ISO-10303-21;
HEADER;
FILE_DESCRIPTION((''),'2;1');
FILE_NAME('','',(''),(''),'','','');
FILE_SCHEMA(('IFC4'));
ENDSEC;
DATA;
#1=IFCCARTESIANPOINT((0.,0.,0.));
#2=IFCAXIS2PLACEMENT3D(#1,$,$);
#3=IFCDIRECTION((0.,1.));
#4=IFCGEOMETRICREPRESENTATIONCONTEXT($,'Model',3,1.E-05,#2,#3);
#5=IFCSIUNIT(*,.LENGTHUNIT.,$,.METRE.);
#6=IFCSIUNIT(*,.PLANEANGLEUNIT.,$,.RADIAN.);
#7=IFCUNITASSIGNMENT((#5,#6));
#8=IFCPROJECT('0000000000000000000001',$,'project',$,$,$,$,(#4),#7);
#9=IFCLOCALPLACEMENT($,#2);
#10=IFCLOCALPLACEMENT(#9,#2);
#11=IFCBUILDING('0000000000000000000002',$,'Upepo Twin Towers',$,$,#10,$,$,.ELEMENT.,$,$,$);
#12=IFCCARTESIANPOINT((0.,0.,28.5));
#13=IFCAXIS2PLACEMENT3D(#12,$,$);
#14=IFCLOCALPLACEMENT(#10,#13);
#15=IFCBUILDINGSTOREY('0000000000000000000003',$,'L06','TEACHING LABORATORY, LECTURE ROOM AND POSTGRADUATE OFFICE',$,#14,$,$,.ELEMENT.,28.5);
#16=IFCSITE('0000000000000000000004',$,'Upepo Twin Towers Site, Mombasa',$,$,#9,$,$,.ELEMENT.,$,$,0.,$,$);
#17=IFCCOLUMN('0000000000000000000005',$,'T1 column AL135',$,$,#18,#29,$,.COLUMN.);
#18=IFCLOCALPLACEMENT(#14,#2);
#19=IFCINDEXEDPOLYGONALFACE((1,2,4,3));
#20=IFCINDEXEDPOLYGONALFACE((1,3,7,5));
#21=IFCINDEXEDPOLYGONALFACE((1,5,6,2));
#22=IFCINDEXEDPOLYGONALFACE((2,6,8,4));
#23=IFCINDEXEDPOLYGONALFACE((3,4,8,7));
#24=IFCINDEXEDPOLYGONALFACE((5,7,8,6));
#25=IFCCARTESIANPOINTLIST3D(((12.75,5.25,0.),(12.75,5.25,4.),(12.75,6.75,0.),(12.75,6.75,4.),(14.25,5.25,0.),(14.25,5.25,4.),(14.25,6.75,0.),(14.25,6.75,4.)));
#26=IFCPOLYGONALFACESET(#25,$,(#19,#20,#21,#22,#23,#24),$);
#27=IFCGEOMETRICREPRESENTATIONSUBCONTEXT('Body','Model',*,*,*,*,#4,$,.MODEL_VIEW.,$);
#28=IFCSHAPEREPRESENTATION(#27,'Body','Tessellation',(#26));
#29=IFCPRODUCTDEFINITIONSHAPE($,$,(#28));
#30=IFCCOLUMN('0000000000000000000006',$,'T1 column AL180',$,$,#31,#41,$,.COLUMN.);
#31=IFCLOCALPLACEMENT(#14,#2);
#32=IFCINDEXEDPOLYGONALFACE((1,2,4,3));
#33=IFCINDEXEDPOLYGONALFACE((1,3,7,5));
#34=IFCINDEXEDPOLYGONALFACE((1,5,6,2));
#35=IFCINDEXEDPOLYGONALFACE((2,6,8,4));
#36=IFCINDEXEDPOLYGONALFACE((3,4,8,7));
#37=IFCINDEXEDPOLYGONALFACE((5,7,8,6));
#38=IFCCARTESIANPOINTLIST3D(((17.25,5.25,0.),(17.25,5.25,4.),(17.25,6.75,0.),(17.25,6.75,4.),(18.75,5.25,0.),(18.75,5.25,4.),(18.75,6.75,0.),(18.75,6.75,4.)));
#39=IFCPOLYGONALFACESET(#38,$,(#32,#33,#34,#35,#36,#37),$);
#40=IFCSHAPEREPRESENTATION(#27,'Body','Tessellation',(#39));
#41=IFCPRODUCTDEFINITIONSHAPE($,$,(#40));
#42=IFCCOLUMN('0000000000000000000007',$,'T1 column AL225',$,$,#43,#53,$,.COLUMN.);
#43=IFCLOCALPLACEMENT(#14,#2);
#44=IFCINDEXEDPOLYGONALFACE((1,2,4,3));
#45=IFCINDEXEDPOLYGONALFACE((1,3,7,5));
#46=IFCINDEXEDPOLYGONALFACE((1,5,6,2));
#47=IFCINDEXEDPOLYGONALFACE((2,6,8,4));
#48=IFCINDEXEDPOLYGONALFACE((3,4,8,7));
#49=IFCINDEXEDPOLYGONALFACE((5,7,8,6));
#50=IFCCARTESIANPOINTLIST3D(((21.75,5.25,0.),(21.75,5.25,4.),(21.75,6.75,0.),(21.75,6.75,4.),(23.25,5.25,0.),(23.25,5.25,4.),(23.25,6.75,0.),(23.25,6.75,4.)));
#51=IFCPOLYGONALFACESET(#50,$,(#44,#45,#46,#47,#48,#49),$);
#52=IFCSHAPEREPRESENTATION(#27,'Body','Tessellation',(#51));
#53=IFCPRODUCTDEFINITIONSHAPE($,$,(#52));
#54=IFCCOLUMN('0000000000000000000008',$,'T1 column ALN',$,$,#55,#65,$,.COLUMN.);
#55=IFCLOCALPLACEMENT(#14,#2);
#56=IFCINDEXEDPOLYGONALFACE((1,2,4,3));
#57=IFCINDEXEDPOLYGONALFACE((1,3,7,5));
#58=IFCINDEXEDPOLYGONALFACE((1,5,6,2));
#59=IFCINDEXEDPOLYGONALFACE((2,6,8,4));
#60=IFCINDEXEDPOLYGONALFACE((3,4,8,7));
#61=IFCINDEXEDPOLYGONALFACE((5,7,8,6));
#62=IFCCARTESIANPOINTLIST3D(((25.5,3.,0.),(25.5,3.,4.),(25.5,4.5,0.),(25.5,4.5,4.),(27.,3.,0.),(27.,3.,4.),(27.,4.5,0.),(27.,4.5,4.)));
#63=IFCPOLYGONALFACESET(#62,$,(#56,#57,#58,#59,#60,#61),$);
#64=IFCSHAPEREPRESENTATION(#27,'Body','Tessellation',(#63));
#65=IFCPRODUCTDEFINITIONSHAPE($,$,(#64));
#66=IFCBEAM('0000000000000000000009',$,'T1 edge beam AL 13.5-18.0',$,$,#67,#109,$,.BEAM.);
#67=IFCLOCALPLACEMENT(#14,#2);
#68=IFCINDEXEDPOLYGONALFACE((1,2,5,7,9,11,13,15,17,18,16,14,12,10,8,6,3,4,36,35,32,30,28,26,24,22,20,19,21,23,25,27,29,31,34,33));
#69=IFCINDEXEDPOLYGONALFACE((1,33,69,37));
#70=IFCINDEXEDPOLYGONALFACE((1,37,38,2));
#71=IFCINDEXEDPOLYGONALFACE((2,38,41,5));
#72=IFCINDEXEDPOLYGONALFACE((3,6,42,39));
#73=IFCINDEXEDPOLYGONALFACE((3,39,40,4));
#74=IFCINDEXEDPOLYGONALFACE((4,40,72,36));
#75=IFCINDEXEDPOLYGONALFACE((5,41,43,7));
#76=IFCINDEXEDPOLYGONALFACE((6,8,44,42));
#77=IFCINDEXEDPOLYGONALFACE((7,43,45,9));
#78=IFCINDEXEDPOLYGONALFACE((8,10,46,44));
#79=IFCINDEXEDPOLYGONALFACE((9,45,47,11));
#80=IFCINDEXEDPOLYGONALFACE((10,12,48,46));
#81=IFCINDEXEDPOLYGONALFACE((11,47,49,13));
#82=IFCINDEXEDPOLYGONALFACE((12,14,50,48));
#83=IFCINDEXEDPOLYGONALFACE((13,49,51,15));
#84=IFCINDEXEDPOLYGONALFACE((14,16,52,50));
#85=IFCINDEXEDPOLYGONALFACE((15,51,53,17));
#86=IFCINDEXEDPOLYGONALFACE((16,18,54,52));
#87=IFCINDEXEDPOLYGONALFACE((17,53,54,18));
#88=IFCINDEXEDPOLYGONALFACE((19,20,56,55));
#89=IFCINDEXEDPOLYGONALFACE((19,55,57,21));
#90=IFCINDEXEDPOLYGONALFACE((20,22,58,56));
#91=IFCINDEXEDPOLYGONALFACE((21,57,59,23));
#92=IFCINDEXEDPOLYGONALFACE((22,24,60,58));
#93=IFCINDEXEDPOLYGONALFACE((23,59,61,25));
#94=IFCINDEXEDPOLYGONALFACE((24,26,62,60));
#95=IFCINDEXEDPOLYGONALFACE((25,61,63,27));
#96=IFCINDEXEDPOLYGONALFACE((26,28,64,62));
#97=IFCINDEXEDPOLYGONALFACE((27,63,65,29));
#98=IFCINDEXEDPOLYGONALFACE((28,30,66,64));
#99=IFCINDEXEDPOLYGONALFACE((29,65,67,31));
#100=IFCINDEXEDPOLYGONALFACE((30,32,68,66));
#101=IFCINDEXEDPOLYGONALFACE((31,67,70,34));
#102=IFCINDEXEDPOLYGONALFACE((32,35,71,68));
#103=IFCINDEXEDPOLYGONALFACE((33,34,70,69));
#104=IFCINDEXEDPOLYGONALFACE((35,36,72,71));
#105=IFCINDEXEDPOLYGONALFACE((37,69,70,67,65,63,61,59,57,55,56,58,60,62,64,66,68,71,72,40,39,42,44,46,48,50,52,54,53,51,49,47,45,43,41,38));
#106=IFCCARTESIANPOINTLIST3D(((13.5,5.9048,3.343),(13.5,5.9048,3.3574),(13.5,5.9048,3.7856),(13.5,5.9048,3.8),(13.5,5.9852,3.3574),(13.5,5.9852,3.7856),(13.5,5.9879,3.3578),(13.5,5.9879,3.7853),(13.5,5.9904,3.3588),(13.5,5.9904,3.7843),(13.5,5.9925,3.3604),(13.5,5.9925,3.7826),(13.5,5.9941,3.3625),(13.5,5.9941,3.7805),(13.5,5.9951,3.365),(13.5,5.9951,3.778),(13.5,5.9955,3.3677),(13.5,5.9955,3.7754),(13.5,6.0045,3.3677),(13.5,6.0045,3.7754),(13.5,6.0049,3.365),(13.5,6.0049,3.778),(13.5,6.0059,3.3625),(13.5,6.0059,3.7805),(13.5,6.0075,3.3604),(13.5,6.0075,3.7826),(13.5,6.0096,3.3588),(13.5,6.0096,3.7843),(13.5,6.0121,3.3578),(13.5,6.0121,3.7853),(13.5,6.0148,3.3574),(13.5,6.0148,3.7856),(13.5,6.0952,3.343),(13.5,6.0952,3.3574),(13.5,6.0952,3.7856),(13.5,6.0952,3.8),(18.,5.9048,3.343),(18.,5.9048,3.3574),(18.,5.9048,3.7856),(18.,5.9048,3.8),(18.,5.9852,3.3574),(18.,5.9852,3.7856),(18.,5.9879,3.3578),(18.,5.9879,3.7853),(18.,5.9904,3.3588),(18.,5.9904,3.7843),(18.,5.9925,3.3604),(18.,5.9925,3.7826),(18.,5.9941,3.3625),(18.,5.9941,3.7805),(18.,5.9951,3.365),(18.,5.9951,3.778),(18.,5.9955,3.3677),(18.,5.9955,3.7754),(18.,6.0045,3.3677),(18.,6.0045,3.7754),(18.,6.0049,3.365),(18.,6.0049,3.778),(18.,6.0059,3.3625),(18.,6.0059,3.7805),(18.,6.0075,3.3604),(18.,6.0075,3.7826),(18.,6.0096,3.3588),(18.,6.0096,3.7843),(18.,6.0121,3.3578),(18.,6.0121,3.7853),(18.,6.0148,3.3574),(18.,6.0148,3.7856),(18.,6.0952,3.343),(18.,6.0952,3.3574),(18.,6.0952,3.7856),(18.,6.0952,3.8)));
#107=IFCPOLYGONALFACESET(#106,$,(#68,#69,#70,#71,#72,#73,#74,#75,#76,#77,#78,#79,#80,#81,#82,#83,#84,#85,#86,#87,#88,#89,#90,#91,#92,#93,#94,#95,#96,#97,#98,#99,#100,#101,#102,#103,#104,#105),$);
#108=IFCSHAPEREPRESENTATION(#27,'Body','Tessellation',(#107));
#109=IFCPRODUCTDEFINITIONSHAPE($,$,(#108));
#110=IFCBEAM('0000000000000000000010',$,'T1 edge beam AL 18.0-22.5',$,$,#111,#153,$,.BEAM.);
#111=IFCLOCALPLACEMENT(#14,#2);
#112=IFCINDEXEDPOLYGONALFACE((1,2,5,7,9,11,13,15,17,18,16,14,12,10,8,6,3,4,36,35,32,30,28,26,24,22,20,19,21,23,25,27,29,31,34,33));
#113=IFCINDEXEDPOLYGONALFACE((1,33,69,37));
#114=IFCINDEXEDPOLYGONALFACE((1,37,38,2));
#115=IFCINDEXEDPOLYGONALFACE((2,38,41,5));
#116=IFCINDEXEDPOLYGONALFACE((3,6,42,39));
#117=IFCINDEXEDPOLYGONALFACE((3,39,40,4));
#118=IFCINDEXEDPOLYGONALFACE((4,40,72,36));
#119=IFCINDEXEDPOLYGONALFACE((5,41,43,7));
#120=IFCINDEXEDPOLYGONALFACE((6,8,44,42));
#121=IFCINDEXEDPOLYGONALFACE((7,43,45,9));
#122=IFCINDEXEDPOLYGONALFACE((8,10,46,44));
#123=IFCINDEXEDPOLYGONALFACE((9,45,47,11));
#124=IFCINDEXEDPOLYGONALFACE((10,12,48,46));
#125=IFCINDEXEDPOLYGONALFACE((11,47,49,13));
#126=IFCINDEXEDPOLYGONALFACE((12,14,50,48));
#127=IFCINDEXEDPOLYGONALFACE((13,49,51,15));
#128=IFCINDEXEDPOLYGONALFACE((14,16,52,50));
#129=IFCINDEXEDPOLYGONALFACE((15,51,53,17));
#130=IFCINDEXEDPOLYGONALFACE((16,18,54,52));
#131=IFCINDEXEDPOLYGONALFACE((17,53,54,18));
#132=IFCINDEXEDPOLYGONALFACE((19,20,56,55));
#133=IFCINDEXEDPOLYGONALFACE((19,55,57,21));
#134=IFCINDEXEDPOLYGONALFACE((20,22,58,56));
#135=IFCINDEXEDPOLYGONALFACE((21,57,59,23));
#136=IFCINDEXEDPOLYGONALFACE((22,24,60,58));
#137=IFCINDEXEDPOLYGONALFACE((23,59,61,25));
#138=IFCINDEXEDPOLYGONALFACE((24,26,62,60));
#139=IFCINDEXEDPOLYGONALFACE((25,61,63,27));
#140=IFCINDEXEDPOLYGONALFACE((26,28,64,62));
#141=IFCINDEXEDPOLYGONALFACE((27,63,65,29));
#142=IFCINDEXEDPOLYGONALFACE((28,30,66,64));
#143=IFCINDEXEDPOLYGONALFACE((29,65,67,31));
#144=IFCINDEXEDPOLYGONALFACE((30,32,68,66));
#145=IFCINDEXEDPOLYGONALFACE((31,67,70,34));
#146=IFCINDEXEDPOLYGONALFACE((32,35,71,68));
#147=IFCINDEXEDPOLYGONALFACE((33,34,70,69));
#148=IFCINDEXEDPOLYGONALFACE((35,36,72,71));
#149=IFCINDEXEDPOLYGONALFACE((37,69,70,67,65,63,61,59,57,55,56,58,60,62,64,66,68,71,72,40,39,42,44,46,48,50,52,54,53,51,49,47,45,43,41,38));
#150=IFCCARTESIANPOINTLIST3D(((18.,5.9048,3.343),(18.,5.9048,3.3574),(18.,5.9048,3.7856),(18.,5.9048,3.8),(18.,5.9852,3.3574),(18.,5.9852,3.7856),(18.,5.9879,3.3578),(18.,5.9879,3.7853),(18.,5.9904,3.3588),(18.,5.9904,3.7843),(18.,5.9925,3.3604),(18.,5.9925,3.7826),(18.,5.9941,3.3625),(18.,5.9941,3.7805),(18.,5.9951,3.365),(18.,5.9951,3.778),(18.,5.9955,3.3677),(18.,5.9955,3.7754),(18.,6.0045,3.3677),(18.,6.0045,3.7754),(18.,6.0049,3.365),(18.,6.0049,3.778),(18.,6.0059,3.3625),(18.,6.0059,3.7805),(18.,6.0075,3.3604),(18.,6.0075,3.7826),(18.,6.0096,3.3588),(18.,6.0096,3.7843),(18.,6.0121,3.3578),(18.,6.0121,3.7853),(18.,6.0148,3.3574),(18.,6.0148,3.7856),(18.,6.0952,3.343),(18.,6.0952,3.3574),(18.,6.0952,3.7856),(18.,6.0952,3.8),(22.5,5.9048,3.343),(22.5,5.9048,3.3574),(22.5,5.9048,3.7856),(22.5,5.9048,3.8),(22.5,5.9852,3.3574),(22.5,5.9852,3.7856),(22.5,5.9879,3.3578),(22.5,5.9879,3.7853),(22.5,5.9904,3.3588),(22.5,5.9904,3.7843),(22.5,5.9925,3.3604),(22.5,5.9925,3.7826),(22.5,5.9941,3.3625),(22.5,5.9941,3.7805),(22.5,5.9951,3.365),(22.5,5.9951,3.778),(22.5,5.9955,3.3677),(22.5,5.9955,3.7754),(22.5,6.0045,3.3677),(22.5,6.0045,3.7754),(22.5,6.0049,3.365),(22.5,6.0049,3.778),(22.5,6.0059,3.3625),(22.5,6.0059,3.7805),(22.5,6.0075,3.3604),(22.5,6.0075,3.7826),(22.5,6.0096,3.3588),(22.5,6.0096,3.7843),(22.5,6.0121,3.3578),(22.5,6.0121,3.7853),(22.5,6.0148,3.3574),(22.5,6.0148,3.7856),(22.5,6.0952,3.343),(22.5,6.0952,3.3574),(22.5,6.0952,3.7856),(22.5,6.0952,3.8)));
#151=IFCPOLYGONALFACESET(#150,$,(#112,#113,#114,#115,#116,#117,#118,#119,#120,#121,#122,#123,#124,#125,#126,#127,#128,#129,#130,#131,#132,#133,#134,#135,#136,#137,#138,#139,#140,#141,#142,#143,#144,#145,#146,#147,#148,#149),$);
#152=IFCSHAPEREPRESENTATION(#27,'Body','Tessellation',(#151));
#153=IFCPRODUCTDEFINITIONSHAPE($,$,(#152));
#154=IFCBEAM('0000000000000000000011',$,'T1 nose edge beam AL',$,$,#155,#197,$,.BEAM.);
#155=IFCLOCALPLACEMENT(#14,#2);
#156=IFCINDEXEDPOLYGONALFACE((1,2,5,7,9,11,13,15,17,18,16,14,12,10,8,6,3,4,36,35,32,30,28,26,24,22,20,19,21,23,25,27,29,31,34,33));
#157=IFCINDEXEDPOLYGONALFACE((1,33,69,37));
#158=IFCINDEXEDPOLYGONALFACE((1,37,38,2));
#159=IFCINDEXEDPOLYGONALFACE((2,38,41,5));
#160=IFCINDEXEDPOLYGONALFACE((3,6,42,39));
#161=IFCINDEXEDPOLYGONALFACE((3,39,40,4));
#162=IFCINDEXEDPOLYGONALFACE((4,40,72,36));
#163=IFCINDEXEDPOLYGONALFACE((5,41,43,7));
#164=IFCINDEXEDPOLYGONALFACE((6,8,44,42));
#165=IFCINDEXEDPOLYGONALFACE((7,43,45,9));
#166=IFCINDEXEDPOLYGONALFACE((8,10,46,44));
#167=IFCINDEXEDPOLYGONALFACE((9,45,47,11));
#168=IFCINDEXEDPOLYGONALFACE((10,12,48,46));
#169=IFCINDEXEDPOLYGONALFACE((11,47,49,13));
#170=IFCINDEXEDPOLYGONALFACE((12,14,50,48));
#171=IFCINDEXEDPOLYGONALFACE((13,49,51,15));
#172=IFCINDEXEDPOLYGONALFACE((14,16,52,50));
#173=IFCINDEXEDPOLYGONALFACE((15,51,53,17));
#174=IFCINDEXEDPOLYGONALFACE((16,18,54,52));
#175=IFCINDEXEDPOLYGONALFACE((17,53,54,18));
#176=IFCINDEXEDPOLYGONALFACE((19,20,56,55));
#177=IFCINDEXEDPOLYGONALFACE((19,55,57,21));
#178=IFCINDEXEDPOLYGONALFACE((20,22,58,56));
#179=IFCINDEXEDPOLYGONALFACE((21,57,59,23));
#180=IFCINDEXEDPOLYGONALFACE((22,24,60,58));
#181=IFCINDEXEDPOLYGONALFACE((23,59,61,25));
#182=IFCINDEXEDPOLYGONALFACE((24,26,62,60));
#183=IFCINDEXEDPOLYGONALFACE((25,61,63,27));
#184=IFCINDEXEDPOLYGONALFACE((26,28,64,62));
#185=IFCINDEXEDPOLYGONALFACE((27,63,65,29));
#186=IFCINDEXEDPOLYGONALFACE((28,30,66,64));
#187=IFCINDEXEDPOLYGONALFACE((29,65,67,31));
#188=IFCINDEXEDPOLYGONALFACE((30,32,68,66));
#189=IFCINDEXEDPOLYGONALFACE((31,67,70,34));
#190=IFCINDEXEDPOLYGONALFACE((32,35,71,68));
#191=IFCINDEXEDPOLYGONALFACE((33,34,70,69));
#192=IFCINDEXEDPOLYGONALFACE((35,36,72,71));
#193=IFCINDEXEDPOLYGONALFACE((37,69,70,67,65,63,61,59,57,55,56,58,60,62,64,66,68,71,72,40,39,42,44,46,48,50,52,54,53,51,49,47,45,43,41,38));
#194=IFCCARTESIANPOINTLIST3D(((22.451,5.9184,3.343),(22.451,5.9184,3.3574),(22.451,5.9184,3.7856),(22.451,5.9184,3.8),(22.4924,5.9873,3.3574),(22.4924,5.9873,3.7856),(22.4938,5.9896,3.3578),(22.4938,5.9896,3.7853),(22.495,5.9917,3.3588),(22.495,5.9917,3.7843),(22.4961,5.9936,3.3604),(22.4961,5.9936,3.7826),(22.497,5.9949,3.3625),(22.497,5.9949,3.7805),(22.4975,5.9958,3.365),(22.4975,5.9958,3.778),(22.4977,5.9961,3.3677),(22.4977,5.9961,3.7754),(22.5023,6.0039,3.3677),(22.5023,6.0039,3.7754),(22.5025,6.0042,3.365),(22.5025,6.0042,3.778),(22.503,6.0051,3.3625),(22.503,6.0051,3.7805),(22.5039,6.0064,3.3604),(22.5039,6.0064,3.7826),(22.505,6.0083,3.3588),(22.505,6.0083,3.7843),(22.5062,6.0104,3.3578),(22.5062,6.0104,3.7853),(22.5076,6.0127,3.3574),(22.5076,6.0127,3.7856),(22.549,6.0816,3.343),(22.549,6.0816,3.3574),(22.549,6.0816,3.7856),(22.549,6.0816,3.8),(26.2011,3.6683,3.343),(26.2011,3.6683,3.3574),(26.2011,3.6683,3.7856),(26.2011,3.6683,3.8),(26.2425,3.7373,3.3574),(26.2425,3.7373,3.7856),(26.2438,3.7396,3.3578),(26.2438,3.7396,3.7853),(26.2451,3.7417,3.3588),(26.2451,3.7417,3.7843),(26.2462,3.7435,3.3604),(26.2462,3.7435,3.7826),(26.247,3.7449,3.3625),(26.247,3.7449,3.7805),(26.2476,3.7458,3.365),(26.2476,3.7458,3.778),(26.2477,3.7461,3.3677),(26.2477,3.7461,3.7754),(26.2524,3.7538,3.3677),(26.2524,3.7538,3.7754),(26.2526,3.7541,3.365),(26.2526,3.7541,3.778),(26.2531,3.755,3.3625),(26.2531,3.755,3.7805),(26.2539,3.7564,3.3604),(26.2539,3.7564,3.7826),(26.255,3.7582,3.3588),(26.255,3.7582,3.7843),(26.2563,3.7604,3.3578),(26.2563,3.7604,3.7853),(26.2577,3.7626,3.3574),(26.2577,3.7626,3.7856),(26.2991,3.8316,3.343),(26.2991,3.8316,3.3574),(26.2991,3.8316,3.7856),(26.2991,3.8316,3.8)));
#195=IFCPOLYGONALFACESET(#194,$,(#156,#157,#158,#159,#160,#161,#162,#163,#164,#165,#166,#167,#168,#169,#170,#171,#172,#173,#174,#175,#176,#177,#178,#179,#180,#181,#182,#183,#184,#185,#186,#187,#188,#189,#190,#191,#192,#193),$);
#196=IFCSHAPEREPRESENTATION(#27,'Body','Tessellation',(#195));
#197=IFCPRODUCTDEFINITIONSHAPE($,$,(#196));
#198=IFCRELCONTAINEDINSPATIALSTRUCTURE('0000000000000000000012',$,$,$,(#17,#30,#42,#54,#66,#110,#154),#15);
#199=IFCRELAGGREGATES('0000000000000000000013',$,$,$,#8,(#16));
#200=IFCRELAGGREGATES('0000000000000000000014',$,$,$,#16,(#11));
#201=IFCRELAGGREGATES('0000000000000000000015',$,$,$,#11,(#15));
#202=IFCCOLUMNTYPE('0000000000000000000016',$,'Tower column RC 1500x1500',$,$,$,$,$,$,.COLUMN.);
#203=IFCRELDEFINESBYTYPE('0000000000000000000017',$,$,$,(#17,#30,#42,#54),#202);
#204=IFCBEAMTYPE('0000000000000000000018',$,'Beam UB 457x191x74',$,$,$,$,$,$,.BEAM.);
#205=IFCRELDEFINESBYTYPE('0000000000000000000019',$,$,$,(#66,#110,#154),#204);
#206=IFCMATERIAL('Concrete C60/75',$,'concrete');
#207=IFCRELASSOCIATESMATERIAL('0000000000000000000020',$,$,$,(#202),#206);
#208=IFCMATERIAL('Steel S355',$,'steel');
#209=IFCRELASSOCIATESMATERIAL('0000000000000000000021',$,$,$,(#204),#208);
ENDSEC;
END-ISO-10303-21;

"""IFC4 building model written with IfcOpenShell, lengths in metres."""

from ifc_helpers import new_model, si_unit, direction, frame, origin, origin_2d, place, context, subcontext, project, spatial, rectangle, i_section, extrude, material, material_profile, profile_set, type_object, element, save


model = new_model("IFC4")

# Units and contexts
model_context = context("Model", 3, precision=1e-05, world=origin(), true_north=direction((0.0, 1.0)))
body_context = subcontext(model_context, "Body", "Model", "MODEL_VIEW")
ifc_project = project(units=[si_unit("LENGTHUNIT", "METRE"), si_unit("PLANEANGLEUNIT", "RADIAN")], contexts=[model_context])

# Site, building, storey
site_placement = place(None, origin())
site = spatial("IfcSite", under=ifc_project, at=site_placement, Name="Upepo Twin Towers Site, Mombasa", CompositionType="ELEMENT", RefElevation=0.0)
building_placement = place(site_placement, origin())
building = spatial("IfcBuilding", under=site, at=building_placement, Name="Upepo Twin Towers", CompositionType="ELEMENT")
storey_placement = place(building_placement, frame((0.0, 0.0, 28.5)))
storey = spatial("IfcBuildingStorey", under=building, at=storey_placement, Name="L06", Description="TEACHING LABORATORY, LECTURE ROOM AND POSTGRADUATE OFFICE", CompositionType="ELEMENT", Elevation=28.5)

# Columns
ifc_material_1 = material(Name="Concrete C60/75", Category="concrete")
ifc_material_profile_1 = material_profile(ifc_material_1, rectangle(XDim=1.5, YDim=1.5, at=origin_2d()), Name="RC 1500x1500")
ifc_profile_set_1 = profile_set([ifc_material_profile_1], Name="Concrete C60/75")
column_type = type_object("IfcColumnType", Name="Tower column RC 1500x1500", PredefinedType="COLUMN", material=ifc_profile_set_1)
for number, where, z_axis, x_axis, name in (
    (1, (13.5, 6.0, 0.0), (0.0, 0.0, 1.0), (1.0, 0.0, 0.0), "T1 column AL135"),
    (2, (18.0, 6.0, 0.0), (0.0, 0.0, 1.0), (1.0, 0.0, 0.0), "T1 column AL180"),
    (3, (22.5, 6.0, 0.0), (0.0, 0.0, 1.0), (1.0, 0.0, 0.0), "T1 column AL225"),
    (4, (26.25, 3.75, 0.0), (0.0, 0.0, 1.0), (1.0, 0.0, 0.0), "T1 column ALN"),
):
    element("IfcColumn", number, at=place(storey_placement, frame(where, z_axis=z_axis, x_axis=x_axis)), inside=storey, type_object=column_type, Name=name, PredefinedType="COLUMN", context=body_context, shape_type="SweptSolid", body=[
        extrude(rectangle(XDim=1.5, YDim=1.5, at=origin_2d()), origin(), (0.0, 0.0, 1.0), 4.0),
    ])

# Beams
ifc_material_2 = material(Name="Steel S355", Category="steel")
ifc_material_profile_2 = material_profile(ifc_material_2, i_section(OverallWidth=0.1904, OverallDepth=0.457, WebThickness=0.009, FlangeThickness=0.0144, FilletRadius=0.0103, at=origin_2d()), Name="UB 457x191x74")
ifc_profile_set_2 = profile_set([ifc_material_profile_2], Name="Steel S355")
beam_type_1 = type_object("IfcBeamType", Name="Beam UB 457x191x74", PredefinedType="BEAM", material=ifc_profile_set_2)
for number, where, z_axis, x_axis, name in (
    (5, (13.5, 6.0, 3.5715), (1.0, 0.0, 0.0), (0.0, 1.0, 0.0), "T1 edge beam AL 13.5-18.0"),
    (6, (18.0, 6.0, 3.5715), (1.0, 0.0, 0.0), (0.0, 1.0, 0.0), "T1 edge beam AL 18.0-22.5"),
):
    element("IfcBeam", number, at=place(storey_placement, frame(where, z_axis=z_axis, x_axis=x_axis)), inside=storey, type_object=beam_type_1, Name=name, PredefinedType="BEAM", context=body_context, shape_type="SweptSolid", body=[
        extrude(i_section(OverallWidth=0.1904, OverallDepth=0.457, WebThickness=0.009, FlangeThickness=0.0144, FilletRadius=0.0103, at=origin_2d()), origin(), (0.0, 0.0, 1.0), 4.5),
    ])
beam_1_placement = place(storey_placement, frame((22.5, 6.0, 3.5715), z_axis=(0.857493, -0.514496, 0.0), x_axis=(0.514496, 0.857493, 0.0)))
element("IfcBeam", 7, at=beam_1_placement, inside=storey, type_object=beam_type_1, Name="T1 nose edge beam AL", PredefinedType="BEAM", context=body_context, shape_type="SweptSolid", body=[
    extrude(i_section(OverallWidth=0.1904, OverallDepth=0.457, WebThickness=0.009, FlangeThickness=0.0144, FilletRadius=0.0103, at=origin_2d()), origin(), (0.0, 0.0, 1.0), 4.3733),
])

save(model, "model.ifc")
